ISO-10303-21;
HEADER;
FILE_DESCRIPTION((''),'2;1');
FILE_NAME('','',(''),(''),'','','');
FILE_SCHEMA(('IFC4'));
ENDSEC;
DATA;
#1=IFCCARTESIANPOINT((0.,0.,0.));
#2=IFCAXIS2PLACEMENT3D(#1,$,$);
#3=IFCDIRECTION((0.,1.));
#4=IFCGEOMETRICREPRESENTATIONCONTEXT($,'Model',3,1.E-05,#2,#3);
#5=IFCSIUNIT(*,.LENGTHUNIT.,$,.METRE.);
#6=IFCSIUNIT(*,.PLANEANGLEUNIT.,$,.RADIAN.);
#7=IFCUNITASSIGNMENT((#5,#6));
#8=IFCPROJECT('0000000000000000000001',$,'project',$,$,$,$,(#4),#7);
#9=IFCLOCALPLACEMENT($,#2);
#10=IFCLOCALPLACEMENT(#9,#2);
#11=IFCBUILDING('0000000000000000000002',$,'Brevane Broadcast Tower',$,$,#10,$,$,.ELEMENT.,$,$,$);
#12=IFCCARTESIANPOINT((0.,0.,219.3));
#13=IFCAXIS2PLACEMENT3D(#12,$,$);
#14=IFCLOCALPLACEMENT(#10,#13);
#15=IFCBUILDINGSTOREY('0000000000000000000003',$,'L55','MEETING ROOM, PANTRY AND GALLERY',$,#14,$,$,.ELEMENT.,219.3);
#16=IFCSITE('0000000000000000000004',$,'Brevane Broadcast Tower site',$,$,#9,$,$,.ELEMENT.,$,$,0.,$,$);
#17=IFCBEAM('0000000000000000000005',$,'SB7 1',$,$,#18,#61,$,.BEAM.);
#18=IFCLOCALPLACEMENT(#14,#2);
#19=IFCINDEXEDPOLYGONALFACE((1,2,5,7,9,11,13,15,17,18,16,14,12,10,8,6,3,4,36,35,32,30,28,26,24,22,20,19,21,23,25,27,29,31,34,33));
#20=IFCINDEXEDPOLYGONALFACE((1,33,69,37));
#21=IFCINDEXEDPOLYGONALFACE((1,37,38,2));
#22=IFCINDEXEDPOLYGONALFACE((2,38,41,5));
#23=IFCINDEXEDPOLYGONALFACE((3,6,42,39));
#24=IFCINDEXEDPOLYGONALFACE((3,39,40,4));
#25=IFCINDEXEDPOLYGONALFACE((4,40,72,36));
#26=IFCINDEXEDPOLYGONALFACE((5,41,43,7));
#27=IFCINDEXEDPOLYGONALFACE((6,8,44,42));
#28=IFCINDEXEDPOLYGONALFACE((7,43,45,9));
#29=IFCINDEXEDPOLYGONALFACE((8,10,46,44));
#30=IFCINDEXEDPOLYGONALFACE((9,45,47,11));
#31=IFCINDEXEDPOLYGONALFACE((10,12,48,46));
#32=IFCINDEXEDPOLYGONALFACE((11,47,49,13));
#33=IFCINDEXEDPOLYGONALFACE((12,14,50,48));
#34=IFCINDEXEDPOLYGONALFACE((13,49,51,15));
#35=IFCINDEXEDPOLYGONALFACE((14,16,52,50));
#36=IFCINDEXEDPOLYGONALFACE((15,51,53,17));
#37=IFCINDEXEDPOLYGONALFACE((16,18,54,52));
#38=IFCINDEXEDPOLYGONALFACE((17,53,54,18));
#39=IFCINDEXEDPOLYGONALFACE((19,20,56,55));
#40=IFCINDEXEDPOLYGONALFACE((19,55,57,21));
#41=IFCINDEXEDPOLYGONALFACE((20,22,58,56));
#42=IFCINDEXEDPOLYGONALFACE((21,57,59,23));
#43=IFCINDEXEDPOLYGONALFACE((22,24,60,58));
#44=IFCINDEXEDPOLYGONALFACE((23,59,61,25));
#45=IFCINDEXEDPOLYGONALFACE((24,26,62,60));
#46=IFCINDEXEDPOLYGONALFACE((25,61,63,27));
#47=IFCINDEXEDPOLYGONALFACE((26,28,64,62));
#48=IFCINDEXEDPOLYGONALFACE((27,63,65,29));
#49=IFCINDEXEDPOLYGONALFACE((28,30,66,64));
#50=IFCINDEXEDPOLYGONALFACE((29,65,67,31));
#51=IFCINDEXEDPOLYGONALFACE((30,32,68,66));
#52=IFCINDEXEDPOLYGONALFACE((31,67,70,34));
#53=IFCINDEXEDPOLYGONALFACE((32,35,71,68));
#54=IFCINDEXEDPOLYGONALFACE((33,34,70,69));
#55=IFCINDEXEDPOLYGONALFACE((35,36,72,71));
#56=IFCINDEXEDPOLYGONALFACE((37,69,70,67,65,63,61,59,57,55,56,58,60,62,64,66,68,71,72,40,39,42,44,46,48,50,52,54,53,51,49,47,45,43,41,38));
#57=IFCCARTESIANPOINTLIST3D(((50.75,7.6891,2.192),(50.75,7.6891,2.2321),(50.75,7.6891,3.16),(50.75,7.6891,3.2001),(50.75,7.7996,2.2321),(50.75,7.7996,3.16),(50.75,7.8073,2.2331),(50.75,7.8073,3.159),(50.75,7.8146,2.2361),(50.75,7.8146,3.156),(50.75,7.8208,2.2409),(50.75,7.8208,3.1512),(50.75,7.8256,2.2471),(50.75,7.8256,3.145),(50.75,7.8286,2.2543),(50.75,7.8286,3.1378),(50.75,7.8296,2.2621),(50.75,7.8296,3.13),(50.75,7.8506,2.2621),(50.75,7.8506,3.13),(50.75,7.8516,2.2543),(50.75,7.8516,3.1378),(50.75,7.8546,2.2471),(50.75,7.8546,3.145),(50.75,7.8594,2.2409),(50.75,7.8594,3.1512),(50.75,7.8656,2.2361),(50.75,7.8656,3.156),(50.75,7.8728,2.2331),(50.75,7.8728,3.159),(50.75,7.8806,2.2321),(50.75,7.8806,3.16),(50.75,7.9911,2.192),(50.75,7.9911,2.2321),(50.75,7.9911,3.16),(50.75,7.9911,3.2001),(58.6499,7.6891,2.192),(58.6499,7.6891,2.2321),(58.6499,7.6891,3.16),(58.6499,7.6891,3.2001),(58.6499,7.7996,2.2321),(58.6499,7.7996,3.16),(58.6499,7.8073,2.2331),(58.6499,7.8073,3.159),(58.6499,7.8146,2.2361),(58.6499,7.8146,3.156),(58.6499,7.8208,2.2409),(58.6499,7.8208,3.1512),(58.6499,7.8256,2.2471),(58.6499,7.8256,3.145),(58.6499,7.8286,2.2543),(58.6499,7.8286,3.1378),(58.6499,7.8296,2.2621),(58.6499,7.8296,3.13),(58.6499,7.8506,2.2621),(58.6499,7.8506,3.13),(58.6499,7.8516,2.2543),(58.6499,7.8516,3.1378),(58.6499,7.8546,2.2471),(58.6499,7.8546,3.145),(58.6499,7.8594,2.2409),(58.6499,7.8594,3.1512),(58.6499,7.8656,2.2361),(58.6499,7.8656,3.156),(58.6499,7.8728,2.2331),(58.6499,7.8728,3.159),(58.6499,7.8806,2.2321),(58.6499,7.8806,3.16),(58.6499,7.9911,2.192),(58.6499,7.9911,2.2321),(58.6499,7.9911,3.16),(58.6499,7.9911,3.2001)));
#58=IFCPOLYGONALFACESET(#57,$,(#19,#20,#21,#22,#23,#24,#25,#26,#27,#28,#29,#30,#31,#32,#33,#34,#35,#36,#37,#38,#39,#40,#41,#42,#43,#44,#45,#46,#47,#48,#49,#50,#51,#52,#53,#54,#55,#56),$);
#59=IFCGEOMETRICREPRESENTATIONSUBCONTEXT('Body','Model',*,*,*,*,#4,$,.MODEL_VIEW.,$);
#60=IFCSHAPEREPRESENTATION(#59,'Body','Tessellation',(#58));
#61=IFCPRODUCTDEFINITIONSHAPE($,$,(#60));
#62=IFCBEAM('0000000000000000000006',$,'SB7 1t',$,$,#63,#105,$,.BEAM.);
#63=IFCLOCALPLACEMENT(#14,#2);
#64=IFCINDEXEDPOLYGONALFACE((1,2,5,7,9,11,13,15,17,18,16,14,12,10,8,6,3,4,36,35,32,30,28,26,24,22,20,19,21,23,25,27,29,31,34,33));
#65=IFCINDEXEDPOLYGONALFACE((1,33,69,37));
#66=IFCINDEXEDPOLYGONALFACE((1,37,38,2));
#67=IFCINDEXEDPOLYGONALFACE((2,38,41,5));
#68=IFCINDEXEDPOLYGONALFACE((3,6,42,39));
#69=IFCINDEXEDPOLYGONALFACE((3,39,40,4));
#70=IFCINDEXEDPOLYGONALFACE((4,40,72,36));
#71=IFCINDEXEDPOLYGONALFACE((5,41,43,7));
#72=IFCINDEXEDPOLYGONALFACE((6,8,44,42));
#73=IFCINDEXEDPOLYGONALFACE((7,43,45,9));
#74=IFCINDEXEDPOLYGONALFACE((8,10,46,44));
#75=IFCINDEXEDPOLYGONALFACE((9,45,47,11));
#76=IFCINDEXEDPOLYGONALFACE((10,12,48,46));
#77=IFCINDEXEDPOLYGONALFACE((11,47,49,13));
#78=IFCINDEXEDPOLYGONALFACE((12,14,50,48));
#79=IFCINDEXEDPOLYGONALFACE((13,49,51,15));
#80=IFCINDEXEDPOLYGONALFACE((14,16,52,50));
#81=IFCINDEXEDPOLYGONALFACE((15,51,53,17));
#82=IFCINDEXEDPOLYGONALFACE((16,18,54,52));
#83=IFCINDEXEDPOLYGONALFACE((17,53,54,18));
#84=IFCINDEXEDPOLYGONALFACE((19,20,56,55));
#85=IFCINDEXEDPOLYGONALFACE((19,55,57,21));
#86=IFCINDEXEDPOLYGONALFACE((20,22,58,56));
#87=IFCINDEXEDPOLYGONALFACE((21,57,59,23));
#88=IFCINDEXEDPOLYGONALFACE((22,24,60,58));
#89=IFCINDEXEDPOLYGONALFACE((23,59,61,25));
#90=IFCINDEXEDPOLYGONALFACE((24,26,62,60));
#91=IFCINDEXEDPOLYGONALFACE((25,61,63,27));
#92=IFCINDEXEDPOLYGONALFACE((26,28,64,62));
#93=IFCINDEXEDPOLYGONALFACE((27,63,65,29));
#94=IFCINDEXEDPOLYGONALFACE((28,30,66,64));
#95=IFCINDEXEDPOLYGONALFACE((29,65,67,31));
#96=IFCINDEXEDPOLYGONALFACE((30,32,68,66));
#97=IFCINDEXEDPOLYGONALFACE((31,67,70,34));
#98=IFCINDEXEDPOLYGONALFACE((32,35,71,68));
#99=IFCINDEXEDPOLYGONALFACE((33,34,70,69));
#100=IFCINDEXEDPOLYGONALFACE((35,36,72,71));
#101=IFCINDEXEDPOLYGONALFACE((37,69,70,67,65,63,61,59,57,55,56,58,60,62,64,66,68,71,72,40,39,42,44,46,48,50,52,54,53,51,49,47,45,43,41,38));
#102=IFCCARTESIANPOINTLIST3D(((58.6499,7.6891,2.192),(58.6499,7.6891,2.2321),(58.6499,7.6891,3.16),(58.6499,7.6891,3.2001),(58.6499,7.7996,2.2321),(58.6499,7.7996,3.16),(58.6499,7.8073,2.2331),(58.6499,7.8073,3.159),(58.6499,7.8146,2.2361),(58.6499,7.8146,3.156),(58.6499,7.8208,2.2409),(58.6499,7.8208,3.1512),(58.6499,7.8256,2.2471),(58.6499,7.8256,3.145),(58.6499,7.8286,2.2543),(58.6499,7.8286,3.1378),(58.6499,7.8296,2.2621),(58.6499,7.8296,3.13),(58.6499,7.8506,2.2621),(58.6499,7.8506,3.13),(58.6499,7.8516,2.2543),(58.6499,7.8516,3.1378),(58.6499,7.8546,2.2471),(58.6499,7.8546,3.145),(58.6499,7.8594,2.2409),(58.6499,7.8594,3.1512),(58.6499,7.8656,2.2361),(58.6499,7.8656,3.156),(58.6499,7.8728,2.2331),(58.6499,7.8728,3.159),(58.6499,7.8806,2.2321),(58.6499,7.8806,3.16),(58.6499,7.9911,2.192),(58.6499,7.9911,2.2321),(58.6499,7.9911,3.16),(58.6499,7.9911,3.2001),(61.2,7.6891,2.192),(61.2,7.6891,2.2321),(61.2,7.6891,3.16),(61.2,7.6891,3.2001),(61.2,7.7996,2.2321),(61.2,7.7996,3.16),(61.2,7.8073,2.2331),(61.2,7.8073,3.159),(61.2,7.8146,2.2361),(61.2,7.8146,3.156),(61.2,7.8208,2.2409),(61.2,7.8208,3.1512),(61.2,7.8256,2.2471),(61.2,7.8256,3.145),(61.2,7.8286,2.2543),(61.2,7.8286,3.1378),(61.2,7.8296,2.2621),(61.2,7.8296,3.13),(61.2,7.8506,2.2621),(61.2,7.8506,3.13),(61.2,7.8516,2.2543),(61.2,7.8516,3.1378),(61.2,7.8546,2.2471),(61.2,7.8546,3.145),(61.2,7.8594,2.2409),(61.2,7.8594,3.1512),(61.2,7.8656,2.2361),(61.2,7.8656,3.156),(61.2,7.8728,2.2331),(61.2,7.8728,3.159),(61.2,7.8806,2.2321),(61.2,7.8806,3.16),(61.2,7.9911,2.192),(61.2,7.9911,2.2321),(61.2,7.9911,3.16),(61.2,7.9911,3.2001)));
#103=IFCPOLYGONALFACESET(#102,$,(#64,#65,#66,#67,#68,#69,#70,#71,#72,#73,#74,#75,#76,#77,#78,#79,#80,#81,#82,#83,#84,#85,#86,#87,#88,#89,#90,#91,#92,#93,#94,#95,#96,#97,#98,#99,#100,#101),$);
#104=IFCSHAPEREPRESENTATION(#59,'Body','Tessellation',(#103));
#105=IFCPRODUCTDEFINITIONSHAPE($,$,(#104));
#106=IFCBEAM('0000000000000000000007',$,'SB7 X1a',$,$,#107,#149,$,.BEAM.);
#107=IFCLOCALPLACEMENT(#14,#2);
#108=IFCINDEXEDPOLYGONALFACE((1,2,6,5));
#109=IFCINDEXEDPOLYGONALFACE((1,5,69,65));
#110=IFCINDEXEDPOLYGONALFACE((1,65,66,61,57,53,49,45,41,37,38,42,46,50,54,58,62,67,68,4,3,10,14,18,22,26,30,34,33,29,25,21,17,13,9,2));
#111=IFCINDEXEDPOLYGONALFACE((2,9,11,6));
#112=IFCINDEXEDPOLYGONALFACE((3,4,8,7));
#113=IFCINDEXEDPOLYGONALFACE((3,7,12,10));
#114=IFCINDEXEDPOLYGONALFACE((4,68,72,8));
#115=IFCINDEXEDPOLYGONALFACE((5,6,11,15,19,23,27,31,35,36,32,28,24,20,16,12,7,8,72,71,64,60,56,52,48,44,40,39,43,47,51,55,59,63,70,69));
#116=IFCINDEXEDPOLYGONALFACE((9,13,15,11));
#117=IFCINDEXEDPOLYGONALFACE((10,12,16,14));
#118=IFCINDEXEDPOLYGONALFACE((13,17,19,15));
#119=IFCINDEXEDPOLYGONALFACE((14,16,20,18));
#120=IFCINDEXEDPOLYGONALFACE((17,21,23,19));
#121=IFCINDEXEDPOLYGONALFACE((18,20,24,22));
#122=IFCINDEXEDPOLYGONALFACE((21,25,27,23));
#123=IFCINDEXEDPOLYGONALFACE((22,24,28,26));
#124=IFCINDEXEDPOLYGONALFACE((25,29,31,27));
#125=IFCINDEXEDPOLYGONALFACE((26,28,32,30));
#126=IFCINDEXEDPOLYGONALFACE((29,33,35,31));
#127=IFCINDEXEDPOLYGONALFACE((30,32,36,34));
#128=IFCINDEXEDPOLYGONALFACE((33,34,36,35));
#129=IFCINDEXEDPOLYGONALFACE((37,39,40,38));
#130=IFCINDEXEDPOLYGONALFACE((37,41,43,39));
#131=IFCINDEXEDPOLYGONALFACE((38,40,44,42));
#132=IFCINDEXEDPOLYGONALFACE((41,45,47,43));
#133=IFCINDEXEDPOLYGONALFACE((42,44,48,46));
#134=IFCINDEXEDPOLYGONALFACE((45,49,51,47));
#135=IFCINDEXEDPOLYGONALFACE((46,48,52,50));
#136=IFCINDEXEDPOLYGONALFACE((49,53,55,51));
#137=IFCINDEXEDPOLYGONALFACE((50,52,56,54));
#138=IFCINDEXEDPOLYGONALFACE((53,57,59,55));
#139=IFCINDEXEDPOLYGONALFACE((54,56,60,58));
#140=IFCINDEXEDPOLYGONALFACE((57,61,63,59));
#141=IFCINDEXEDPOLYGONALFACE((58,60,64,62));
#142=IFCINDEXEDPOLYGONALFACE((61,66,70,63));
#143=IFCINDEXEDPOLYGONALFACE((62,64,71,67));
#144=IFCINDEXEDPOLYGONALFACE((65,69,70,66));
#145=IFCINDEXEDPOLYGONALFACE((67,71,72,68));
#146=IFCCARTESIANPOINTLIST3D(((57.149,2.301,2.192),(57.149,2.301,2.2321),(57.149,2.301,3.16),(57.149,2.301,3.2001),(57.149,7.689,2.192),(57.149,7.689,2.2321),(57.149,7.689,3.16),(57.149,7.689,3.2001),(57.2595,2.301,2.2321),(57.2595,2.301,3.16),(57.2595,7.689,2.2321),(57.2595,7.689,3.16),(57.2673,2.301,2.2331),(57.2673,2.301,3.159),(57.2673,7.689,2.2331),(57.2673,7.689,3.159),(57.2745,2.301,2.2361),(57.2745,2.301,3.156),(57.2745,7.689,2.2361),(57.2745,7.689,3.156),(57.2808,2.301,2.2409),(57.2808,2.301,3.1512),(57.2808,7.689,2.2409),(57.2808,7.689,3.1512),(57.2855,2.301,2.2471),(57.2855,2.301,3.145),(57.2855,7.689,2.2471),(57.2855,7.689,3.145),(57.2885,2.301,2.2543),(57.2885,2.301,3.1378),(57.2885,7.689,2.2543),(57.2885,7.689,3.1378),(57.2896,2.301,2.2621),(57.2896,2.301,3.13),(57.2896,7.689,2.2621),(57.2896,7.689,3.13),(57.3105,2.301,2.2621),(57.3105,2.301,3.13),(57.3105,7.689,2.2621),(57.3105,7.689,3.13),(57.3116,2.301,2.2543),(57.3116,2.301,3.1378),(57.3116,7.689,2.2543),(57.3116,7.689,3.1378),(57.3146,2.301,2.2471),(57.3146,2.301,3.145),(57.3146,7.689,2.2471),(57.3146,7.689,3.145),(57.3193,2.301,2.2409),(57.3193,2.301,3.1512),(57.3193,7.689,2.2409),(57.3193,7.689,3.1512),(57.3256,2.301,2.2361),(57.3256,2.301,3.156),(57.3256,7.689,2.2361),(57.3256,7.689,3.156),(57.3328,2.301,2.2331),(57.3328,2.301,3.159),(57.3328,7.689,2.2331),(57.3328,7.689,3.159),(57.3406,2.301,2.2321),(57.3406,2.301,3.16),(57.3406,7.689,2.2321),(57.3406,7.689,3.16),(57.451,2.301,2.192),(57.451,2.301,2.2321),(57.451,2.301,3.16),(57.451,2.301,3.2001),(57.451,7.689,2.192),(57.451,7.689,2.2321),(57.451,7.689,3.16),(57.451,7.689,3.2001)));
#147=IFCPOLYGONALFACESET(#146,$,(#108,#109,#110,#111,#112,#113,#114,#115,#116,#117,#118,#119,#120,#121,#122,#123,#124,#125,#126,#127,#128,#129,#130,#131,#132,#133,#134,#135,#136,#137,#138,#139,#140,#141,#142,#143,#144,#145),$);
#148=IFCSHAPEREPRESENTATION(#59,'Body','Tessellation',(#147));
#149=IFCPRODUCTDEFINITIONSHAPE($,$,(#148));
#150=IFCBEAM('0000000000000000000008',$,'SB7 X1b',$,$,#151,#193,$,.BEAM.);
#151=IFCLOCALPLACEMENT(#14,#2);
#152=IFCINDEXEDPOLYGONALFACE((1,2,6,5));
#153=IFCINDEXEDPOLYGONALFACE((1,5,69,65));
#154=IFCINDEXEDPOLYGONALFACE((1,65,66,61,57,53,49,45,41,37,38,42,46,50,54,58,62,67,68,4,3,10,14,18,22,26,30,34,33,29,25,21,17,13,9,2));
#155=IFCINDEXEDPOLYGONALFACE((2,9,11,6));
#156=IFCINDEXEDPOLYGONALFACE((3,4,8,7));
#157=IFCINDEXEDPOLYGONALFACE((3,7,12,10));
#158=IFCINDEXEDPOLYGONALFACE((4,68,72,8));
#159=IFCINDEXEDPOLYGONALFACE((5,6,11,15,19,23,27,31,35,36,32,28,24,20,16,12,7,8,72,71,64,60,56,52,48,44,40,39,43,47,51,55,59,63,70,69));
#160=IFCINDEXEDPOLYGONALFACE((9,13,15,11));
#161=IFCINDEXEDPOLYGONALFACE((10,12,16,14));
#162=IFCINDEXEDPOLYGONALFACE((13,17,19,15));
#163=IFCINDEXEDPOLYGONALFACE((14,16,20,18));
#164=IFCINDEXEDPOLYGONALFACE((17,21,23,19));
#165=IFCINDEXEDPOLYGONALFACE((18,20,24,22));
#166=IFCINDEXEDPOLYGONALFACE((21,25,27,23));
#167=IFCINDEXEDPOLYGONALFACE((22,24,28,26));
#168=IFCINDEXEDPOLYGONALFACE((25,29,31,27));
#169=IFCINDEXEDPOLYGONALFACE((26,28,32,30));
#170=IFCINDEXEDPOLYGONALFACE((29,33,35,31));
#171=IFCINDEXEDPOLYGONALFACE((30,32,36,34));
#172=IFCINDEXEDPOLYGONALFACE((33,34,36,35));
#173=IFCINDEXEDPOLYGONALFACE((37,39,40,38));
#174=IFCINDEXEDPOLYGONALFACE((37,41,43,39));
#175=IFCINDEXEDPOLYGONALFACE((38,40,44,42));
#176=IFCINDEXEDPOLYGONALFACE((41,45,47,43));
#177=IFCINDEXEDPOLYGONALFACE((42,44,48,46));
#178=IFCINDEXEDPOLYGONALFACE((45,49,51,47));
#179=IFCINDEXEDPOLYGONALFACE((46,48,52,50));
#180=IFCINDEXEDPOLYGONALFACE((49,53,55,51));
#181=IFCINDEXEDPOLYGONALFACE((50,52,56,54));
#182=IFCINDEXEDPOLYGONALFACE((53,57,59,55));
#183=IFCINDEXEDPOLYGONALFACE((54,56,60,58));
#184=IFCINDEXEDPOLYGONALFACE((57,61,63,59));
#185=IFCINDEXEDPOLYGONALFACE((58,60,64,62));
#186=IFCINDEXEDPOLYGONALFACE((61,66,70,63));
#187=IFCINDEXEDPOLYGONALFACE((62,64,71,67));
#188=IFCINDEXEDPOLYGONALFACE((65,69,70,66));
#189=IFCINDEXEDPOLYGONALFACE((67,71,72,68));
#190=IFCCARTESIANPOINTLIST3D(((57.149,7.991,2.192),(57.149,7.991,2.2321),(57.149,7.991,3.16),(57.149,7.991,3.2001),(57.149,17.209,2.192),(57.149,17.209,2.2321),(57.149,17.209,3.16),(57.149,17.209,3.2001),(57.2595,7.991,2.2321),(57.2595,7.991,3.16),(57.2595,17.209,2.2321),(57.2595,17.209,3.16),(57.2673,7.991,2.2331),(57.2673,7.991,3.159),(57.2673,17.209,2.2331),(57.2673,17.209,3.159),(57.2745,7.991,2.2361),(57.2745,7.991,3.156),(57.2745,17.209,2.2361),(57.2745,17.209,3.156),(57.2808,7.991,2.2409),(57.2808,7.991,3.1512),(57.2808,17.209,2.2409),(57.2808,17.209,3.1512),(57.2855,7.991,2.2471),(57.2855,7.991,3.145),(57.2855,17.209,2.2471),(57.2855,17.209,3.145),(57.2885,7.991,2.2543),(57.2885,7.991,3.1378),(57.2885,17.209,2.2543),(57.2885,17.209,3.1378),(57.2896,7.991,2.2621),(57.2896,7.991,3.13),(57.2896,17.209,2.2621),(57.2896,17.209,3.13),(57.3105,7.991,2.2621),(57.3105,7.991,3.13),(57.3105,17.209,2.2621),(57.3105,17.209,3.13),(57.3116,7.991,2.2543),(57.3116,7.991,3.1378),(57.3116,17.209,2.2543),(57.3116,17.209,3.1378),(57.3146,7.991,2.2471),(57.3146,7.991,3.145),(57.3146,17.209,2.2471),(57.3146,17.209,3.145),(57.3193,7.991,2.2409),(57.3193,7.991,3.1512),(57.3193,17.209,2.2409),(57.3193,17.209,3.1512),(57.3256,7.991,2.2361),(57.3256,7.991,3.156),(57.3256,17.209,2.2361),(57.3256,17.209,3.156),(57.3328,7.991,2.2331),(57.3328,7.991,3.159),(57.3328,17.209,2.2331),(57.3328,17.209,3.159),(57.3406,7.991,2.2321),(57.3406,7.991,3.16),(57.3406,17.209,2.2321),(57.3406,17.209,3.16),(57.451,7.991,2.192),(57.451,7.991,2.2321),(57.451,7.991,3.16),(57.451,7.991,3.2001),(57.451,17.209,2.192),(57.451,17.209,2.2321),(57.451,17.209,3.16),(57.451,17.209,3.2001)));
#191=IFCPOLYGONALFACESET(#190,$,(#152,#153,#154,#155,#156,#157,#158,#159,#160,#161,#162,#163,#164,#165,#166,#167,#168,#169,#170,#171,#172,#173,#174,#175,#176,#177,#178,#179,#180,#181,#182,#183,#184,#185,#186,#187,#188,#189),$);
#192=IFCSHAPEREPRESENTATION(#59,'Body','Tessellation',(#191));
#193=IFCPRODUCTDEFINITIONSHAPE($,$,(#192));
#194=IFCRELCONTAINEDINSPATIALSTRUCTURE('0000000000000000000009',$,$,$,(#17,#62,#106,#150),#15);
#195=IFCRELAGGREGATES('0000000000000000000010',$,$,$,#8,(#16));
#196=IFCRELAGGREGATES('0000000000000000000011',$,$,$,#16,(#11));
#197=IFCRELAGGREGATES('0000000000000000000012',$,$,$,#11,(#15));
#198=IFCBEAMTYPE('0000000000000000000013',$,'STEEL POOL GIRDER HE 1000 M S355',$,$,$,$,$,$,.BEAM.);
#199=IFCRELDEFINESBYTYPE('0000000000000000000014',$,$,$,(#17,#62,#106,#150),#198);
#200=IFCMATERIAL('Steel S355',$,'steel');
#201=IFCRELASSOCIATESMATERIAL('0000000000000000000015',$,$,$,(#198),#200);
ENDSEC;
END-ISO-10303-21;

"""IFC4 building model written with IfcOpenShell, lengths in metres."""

from ifc_helpers import new_model, si_unit, direction, frame, origin, origin_2d, place, context, subcontext, project, spatial, i_section, extrude, material, material_profile, profile_set, type_object, element, save


model = new_model("IFC4")

# Units and contexts
model_context = context("Model", 3, precision=1e-05, world=origin(), true_north=direction((0.0, 1.0)))
body_context = subcontext(model_context, "Body", "Model", "MODEL_VIEW")
ifc_project = project(units=[si_unit("LENGTHUNIT", "METRE"), si_unit("PLANEANGLEUNIT", "RADIAN")], contexts=[model_context])

# Site, building, storey
site_placement = place(None, origin())
site = spatial("IfcSite", under=ifc_project, at=site_placement, Name="Brevane Broadcast Tower site", CompositionType="ELEMENT", RefElevation=0.0)
building_placement = place(site_placement, origin())
building = spatial("IfcBuilding", under=site, at=building_placement, Name="Brevane Broadcast Tower", CompositionType="ELEMENT")
storey_placement = place(building_placement, frame((0.0, 0.0, 219.3)))
storey = spatial("IfcBuildingStorey", under=building, at=storey_placement, Name="L55", Description="MEETING ROOM, PANTRY AND GALLERY", CompositionType="ELEMENT", Elevation=219.3)

# Beams
ifc_material_1 = material(Name="Steel S355", Category="steel")
ifc_material_profile_1 = material_profile(ifc_material_1, i_section(OverallWidth=0.302, OverallDepth=1.0081, WebThickness=0.021, FlangeThickness=0.04, FilletRadius=0.03, at=origin_2d()), Name="HE 1000 M")
ifc_profile_set_1 = profile_set([ifc_material_profile_1], Name="Steel S355")
beam_type_1 = type_object("IfcBeamType", Name="STEEL POOL GIRDER HE 1000 M S355", PredefinedType="BEAM", material=ifc_profile_set_1)
beam_1_placement = place(storey_placement, frame((50.75, 7.8401, 2.696), z_axis=(1.0, 0.0, 0.0), x_axis=(0.0, 1.0, 0.0)))
element("IfcBeam", 1, at=beam_1_placement, inside=storey, type_object=beam_type_1, Name="SB7 1", PredefinedType="BEAM", context=body_context, shape_type="SweptSolid", body=[
    extrude(i_section(OverallWidth=0.302, OverallDepth=1.0081, WebThickness=0.021, FlangeThickness=0.04, FilletRadius=0.03, at=origin_2d()), origin(), (0.0, 0.0, 1.0), 7.8999),
])
beam_2_placement = place(storey_placement, frame((58.6499, 7.8401, 2.696), z_axis=(1.0, 0.0, 0.0), x_axis=(0.0, 1.0, 0.0)))
element("IfcBeam", 2, at=beam_2_placement, inside=storey, type_object=beam_type_1, Name="SB7 1t", PredefinedType="BEAM", context=body_context, shape_type="SweptSolid", body=[
    extrude(i_section(OverallWidth=0.302, OverallDepth=1.0081, WebThickness=0.021, FlangeThickness=0.04, FilletRadius=0.03, at=origin_2d()), origin(), (0.0, 0.0, 1.0), 2.55),
])
beam_3_placement = place(storey_placement, frame((57.3, 2.301, 2.696), z_axis=(0.0, 1.0, 0.0), x_axis=(-1.0, 0.0, 0.0)))
element("IfcBeam", 3, at=beam_3_placement, inside=storey, type_object=beam_type_1, Name="SB7 X1a", PredefinedType="BEAM", context=body_context, shape_type="SweptSolid", body=[
    extrude(i_section(OverallWidth=0.302, OverallDepth=1.0081, WebThickness=0.021, FlangeThickness=0.04, FilletRadius=0.03, at=origin_2d()), origin(), (0.0, 0.0, 1.0), 5.3879),
])
beam_4_placement = place(storey_placement, frame((57.3, 7.991, 2.696), z_axis=(0.0, 1.0, 0.0), x_axis=(-1.0, 0.0, 0.0)))
element("IfcBeam", 4, at=beam_4_placement, inside=storey, type_object=beam_type_1, Name="SB7 X1b", PredefinedType="BEAM", context=body_context, shape_type="SweptSolid", body=[
    extrude(i_section(OverallWidth=0.302, OverallDepth=1.0081, WebThickness=0.021, FlangeThickness=0.04, FilletRadius=0.03, at=origin_2d()), origin(), (0.0, 0.0, 1.0), 9.218),
])

save(model, "model.ifc")
